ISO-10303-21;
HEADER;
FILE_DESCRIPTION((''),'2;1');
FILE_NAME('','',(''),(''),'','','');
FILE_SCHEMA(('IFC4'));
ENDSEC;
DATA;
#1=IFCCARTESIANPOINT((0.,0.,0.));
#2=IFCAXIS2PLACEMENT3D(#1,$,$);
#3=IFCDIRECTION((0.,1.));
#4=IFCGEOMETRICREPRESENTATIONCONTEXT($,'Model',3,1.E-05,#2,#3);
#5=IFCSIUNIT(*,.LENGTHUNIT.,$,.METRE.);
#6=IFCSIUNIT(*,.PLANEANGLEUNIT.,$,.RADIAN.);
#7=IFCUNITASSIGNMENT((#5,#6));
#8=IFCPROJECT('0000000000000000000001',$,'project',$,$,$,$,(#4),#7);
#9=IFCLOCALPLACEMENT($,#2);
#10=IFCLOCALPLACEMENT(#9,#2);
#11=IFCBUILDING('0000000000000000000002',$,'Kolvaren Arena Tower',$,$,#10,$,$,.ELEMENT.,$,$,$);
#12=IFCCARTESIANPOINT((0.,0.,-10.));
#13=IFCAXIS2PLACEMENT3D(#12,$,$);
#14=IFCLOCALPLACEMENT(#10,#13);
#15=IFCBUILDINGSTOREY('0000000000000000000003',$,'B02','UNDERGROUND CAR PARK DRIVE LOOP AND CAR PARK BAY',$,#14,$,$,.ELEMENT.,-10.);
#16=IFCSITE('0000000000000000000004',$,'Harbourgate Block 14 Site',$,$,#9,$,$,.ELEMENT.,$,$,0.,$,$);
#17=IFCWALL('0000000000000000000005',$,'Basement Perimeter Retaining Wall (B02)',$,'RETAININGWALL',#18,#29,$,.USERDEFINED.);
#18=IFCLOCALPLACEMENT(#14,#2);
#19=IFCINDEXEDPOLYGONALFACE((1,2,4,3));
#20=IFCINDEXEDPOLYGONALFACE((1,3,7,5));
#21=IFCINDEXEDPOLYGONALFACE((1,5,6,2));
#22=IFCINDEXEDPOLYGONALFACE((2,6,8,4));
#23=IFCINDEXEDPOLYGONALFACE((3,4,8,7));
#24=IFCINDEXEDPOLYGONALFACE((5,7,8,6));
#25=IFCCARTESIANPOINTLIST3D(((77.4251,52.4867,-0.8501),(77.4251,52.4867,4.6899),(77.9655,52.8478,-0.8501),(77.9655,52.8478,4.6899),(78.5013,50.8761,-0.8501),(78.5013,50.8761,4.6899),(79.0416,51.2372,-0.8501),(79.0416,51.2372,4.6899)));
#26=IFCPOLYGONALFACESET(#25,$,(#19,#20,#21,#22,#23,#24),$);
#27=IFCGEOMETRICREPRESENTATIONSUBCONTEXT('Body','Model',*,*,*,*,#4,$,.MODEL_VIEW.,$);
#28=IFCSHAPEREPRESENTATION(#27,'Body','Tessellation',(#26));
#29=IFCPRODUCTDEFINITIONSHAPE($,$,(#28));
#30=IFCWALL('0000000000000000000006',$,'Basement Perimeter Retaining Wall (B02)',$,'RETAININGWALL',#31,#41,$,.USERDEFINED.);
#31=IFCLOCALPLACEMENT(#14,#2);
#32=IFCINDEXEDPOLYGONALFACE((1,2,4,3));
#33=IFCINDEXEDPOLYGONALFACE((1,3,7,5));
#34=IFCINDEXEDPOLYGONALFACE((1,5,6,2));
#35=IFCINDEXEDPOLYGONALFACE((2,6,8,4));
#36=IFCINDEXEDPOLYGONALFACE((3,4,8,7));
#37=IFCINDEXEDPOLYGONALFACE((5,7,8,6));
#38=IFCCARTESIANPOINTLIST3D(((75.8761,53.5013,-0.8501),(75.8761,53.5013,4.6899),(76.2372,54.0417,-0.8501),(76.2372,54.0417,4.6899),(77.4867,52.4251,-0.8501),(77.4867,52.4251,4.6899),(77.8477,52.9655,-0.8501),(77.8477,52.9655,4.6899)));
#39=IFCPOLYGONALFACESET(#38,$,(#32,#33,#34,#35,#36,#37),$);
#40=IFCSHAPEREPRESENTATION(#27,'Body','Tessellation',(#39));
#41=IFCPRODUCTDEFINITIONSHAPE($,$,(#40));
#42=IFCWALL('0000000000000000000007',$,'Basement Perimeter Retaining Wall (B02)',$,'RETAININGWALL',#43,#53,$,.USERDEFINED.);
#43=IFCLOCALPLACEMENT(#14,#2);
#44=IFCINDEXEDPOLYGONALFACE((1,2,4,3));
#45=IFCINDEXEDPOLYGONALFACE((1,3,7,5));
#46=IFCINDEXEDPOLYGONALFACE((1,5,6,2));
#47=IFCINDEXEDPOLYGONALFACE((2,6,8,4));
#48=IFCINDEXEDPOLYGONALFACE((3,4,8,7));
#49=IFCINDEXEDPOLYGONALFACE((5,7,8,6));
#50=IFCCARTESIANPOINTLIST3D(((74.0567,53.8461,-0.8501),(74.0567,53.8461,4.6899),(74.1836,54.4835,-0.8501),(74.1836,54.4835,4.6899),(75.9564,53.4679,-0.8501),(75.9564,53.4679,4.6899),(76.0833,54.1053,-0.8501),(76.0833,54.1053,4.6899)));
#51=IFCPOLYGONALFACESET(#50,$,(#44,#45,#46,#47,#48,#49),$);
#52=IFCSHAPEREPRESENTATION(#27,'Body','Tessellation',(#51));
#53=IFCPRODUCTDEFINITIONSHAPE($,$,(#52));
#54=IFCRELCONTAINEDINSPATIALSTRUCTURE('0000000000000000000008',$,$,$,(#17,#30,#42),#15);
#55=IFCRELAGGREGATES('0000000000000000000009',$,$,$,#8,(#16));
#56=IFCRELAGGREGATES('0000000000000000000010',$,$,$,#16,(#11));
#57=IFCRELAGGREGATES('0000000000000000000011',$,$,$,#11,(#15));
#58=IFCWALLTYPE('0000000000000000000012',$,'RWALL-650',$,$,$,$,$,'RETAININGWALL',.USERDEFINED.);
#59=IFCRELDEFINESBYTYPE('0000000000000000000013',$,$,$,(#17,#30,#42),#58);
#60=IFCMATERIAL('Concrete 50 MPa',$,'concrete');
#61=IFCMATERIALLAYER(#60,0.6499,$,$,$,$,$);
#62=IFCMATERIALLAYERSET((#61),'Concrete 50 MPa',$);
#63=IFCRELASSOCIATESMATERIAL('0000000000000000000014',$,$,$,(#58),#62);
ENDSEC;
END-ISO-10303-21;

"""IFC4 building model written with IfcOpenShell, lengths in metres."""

from ifc_helpers import new_model, si_unit, direction, frame, frame_2d, origin, place, context, subcontext, project, spatial, rectangle, extrude, material, layer, layer_set, type_object, element, save


model = new_model("IFC4")

# Units and contexts
model_context = context("Model", 3, precision=1e-05, world=origin(), true_north=direction((0.0, 1.0)))
body_context = subcontext(model_context, "Body", "Model", "MODEL_VIEW")
ifc_project = project(units=[si_unit("LENGTHUNIT", "METRE"), si_unit("PLANEANGLEUNIT", "RADIAN")], contexts=[model_context])

# Site, building, storey
site_placement = place(None, origin())
site = spatial("IfcSite", under=ifc_project, at=site_placement, Name="Harbourgate Block 14 Site", CompositionType="ELEMENT", RefElevation=0.0)
building_placement = place(site_placement, origin())
building = spatial("IfcBuilding", under=site, at=building_placement, Name="Kolvaren Arena Tower", CompositionType="ELEMENT")
storey_placement = place(building_placement, frame((0.0, 0.0, -10.0)))
storey = spatial("IfcBuildingStorey", under=building, at=storey_placement, Name="B02", Description="UNDERGROUND CAR PARK DRIVE LOOP AND CAR PARK BAY", CompositionType="ELEMENT", Elevation=-10.0)

# Walls
ifc_material_1 = material(Name="Concrete 50 MPa", Category="concrete")
ifc_layer = layer(ifc_material_1, 0.6499)
ifc_layer_set = layer_set([ifc_layer], Name="Concrete 50 MPa")
wall_type = type_object("IfcWallType", Name="RWALL-650", ElementType="RETAININGWALL", PredefinedType="USERDEFINED", material=ifc_layer_set)
for number, where, z_axis, x_axis, name in (
    (1, (77.6953, 52.6672, -0.8501), (0.0, 0.0, 1.0), (0.555572, -0.831468, 0.0), "Basement Perimeter Retaining Wall (B02)"),
    (2, (76.0566, 53.7715, -0.8501), (0.0, 0.0, 1.0), (0.831468, -0.555572, 0.0), "Basement Perimeter Retaining Wall (B02)"),
    (3, (74.1201, 54.1648, -0.8501), (0.0, 0.0, 1.0), (0.980755, -0.195243, 0.0), "Basement Perimeter Retaining Wall (B02)"),
):
    element("IfcWall", number, at=place(storey_placement, frame(where, z_axis=z_axis, x_axis=x_axis)), inside=storey, type_object=wall_type, Name=name, ObjectType="RETAININGWALL", PredefinedType="USERDEFINED", context=body_context, shape_type="SweptSolid", body=[
        extrude(rectangle(XDim=1.937, YDim=0.6499, at=frame_2d((0.9685, 0.0))), origin(), (0.0, 0.0, 1.0), 5.54),
    ])

save(model, "model.ifc")
